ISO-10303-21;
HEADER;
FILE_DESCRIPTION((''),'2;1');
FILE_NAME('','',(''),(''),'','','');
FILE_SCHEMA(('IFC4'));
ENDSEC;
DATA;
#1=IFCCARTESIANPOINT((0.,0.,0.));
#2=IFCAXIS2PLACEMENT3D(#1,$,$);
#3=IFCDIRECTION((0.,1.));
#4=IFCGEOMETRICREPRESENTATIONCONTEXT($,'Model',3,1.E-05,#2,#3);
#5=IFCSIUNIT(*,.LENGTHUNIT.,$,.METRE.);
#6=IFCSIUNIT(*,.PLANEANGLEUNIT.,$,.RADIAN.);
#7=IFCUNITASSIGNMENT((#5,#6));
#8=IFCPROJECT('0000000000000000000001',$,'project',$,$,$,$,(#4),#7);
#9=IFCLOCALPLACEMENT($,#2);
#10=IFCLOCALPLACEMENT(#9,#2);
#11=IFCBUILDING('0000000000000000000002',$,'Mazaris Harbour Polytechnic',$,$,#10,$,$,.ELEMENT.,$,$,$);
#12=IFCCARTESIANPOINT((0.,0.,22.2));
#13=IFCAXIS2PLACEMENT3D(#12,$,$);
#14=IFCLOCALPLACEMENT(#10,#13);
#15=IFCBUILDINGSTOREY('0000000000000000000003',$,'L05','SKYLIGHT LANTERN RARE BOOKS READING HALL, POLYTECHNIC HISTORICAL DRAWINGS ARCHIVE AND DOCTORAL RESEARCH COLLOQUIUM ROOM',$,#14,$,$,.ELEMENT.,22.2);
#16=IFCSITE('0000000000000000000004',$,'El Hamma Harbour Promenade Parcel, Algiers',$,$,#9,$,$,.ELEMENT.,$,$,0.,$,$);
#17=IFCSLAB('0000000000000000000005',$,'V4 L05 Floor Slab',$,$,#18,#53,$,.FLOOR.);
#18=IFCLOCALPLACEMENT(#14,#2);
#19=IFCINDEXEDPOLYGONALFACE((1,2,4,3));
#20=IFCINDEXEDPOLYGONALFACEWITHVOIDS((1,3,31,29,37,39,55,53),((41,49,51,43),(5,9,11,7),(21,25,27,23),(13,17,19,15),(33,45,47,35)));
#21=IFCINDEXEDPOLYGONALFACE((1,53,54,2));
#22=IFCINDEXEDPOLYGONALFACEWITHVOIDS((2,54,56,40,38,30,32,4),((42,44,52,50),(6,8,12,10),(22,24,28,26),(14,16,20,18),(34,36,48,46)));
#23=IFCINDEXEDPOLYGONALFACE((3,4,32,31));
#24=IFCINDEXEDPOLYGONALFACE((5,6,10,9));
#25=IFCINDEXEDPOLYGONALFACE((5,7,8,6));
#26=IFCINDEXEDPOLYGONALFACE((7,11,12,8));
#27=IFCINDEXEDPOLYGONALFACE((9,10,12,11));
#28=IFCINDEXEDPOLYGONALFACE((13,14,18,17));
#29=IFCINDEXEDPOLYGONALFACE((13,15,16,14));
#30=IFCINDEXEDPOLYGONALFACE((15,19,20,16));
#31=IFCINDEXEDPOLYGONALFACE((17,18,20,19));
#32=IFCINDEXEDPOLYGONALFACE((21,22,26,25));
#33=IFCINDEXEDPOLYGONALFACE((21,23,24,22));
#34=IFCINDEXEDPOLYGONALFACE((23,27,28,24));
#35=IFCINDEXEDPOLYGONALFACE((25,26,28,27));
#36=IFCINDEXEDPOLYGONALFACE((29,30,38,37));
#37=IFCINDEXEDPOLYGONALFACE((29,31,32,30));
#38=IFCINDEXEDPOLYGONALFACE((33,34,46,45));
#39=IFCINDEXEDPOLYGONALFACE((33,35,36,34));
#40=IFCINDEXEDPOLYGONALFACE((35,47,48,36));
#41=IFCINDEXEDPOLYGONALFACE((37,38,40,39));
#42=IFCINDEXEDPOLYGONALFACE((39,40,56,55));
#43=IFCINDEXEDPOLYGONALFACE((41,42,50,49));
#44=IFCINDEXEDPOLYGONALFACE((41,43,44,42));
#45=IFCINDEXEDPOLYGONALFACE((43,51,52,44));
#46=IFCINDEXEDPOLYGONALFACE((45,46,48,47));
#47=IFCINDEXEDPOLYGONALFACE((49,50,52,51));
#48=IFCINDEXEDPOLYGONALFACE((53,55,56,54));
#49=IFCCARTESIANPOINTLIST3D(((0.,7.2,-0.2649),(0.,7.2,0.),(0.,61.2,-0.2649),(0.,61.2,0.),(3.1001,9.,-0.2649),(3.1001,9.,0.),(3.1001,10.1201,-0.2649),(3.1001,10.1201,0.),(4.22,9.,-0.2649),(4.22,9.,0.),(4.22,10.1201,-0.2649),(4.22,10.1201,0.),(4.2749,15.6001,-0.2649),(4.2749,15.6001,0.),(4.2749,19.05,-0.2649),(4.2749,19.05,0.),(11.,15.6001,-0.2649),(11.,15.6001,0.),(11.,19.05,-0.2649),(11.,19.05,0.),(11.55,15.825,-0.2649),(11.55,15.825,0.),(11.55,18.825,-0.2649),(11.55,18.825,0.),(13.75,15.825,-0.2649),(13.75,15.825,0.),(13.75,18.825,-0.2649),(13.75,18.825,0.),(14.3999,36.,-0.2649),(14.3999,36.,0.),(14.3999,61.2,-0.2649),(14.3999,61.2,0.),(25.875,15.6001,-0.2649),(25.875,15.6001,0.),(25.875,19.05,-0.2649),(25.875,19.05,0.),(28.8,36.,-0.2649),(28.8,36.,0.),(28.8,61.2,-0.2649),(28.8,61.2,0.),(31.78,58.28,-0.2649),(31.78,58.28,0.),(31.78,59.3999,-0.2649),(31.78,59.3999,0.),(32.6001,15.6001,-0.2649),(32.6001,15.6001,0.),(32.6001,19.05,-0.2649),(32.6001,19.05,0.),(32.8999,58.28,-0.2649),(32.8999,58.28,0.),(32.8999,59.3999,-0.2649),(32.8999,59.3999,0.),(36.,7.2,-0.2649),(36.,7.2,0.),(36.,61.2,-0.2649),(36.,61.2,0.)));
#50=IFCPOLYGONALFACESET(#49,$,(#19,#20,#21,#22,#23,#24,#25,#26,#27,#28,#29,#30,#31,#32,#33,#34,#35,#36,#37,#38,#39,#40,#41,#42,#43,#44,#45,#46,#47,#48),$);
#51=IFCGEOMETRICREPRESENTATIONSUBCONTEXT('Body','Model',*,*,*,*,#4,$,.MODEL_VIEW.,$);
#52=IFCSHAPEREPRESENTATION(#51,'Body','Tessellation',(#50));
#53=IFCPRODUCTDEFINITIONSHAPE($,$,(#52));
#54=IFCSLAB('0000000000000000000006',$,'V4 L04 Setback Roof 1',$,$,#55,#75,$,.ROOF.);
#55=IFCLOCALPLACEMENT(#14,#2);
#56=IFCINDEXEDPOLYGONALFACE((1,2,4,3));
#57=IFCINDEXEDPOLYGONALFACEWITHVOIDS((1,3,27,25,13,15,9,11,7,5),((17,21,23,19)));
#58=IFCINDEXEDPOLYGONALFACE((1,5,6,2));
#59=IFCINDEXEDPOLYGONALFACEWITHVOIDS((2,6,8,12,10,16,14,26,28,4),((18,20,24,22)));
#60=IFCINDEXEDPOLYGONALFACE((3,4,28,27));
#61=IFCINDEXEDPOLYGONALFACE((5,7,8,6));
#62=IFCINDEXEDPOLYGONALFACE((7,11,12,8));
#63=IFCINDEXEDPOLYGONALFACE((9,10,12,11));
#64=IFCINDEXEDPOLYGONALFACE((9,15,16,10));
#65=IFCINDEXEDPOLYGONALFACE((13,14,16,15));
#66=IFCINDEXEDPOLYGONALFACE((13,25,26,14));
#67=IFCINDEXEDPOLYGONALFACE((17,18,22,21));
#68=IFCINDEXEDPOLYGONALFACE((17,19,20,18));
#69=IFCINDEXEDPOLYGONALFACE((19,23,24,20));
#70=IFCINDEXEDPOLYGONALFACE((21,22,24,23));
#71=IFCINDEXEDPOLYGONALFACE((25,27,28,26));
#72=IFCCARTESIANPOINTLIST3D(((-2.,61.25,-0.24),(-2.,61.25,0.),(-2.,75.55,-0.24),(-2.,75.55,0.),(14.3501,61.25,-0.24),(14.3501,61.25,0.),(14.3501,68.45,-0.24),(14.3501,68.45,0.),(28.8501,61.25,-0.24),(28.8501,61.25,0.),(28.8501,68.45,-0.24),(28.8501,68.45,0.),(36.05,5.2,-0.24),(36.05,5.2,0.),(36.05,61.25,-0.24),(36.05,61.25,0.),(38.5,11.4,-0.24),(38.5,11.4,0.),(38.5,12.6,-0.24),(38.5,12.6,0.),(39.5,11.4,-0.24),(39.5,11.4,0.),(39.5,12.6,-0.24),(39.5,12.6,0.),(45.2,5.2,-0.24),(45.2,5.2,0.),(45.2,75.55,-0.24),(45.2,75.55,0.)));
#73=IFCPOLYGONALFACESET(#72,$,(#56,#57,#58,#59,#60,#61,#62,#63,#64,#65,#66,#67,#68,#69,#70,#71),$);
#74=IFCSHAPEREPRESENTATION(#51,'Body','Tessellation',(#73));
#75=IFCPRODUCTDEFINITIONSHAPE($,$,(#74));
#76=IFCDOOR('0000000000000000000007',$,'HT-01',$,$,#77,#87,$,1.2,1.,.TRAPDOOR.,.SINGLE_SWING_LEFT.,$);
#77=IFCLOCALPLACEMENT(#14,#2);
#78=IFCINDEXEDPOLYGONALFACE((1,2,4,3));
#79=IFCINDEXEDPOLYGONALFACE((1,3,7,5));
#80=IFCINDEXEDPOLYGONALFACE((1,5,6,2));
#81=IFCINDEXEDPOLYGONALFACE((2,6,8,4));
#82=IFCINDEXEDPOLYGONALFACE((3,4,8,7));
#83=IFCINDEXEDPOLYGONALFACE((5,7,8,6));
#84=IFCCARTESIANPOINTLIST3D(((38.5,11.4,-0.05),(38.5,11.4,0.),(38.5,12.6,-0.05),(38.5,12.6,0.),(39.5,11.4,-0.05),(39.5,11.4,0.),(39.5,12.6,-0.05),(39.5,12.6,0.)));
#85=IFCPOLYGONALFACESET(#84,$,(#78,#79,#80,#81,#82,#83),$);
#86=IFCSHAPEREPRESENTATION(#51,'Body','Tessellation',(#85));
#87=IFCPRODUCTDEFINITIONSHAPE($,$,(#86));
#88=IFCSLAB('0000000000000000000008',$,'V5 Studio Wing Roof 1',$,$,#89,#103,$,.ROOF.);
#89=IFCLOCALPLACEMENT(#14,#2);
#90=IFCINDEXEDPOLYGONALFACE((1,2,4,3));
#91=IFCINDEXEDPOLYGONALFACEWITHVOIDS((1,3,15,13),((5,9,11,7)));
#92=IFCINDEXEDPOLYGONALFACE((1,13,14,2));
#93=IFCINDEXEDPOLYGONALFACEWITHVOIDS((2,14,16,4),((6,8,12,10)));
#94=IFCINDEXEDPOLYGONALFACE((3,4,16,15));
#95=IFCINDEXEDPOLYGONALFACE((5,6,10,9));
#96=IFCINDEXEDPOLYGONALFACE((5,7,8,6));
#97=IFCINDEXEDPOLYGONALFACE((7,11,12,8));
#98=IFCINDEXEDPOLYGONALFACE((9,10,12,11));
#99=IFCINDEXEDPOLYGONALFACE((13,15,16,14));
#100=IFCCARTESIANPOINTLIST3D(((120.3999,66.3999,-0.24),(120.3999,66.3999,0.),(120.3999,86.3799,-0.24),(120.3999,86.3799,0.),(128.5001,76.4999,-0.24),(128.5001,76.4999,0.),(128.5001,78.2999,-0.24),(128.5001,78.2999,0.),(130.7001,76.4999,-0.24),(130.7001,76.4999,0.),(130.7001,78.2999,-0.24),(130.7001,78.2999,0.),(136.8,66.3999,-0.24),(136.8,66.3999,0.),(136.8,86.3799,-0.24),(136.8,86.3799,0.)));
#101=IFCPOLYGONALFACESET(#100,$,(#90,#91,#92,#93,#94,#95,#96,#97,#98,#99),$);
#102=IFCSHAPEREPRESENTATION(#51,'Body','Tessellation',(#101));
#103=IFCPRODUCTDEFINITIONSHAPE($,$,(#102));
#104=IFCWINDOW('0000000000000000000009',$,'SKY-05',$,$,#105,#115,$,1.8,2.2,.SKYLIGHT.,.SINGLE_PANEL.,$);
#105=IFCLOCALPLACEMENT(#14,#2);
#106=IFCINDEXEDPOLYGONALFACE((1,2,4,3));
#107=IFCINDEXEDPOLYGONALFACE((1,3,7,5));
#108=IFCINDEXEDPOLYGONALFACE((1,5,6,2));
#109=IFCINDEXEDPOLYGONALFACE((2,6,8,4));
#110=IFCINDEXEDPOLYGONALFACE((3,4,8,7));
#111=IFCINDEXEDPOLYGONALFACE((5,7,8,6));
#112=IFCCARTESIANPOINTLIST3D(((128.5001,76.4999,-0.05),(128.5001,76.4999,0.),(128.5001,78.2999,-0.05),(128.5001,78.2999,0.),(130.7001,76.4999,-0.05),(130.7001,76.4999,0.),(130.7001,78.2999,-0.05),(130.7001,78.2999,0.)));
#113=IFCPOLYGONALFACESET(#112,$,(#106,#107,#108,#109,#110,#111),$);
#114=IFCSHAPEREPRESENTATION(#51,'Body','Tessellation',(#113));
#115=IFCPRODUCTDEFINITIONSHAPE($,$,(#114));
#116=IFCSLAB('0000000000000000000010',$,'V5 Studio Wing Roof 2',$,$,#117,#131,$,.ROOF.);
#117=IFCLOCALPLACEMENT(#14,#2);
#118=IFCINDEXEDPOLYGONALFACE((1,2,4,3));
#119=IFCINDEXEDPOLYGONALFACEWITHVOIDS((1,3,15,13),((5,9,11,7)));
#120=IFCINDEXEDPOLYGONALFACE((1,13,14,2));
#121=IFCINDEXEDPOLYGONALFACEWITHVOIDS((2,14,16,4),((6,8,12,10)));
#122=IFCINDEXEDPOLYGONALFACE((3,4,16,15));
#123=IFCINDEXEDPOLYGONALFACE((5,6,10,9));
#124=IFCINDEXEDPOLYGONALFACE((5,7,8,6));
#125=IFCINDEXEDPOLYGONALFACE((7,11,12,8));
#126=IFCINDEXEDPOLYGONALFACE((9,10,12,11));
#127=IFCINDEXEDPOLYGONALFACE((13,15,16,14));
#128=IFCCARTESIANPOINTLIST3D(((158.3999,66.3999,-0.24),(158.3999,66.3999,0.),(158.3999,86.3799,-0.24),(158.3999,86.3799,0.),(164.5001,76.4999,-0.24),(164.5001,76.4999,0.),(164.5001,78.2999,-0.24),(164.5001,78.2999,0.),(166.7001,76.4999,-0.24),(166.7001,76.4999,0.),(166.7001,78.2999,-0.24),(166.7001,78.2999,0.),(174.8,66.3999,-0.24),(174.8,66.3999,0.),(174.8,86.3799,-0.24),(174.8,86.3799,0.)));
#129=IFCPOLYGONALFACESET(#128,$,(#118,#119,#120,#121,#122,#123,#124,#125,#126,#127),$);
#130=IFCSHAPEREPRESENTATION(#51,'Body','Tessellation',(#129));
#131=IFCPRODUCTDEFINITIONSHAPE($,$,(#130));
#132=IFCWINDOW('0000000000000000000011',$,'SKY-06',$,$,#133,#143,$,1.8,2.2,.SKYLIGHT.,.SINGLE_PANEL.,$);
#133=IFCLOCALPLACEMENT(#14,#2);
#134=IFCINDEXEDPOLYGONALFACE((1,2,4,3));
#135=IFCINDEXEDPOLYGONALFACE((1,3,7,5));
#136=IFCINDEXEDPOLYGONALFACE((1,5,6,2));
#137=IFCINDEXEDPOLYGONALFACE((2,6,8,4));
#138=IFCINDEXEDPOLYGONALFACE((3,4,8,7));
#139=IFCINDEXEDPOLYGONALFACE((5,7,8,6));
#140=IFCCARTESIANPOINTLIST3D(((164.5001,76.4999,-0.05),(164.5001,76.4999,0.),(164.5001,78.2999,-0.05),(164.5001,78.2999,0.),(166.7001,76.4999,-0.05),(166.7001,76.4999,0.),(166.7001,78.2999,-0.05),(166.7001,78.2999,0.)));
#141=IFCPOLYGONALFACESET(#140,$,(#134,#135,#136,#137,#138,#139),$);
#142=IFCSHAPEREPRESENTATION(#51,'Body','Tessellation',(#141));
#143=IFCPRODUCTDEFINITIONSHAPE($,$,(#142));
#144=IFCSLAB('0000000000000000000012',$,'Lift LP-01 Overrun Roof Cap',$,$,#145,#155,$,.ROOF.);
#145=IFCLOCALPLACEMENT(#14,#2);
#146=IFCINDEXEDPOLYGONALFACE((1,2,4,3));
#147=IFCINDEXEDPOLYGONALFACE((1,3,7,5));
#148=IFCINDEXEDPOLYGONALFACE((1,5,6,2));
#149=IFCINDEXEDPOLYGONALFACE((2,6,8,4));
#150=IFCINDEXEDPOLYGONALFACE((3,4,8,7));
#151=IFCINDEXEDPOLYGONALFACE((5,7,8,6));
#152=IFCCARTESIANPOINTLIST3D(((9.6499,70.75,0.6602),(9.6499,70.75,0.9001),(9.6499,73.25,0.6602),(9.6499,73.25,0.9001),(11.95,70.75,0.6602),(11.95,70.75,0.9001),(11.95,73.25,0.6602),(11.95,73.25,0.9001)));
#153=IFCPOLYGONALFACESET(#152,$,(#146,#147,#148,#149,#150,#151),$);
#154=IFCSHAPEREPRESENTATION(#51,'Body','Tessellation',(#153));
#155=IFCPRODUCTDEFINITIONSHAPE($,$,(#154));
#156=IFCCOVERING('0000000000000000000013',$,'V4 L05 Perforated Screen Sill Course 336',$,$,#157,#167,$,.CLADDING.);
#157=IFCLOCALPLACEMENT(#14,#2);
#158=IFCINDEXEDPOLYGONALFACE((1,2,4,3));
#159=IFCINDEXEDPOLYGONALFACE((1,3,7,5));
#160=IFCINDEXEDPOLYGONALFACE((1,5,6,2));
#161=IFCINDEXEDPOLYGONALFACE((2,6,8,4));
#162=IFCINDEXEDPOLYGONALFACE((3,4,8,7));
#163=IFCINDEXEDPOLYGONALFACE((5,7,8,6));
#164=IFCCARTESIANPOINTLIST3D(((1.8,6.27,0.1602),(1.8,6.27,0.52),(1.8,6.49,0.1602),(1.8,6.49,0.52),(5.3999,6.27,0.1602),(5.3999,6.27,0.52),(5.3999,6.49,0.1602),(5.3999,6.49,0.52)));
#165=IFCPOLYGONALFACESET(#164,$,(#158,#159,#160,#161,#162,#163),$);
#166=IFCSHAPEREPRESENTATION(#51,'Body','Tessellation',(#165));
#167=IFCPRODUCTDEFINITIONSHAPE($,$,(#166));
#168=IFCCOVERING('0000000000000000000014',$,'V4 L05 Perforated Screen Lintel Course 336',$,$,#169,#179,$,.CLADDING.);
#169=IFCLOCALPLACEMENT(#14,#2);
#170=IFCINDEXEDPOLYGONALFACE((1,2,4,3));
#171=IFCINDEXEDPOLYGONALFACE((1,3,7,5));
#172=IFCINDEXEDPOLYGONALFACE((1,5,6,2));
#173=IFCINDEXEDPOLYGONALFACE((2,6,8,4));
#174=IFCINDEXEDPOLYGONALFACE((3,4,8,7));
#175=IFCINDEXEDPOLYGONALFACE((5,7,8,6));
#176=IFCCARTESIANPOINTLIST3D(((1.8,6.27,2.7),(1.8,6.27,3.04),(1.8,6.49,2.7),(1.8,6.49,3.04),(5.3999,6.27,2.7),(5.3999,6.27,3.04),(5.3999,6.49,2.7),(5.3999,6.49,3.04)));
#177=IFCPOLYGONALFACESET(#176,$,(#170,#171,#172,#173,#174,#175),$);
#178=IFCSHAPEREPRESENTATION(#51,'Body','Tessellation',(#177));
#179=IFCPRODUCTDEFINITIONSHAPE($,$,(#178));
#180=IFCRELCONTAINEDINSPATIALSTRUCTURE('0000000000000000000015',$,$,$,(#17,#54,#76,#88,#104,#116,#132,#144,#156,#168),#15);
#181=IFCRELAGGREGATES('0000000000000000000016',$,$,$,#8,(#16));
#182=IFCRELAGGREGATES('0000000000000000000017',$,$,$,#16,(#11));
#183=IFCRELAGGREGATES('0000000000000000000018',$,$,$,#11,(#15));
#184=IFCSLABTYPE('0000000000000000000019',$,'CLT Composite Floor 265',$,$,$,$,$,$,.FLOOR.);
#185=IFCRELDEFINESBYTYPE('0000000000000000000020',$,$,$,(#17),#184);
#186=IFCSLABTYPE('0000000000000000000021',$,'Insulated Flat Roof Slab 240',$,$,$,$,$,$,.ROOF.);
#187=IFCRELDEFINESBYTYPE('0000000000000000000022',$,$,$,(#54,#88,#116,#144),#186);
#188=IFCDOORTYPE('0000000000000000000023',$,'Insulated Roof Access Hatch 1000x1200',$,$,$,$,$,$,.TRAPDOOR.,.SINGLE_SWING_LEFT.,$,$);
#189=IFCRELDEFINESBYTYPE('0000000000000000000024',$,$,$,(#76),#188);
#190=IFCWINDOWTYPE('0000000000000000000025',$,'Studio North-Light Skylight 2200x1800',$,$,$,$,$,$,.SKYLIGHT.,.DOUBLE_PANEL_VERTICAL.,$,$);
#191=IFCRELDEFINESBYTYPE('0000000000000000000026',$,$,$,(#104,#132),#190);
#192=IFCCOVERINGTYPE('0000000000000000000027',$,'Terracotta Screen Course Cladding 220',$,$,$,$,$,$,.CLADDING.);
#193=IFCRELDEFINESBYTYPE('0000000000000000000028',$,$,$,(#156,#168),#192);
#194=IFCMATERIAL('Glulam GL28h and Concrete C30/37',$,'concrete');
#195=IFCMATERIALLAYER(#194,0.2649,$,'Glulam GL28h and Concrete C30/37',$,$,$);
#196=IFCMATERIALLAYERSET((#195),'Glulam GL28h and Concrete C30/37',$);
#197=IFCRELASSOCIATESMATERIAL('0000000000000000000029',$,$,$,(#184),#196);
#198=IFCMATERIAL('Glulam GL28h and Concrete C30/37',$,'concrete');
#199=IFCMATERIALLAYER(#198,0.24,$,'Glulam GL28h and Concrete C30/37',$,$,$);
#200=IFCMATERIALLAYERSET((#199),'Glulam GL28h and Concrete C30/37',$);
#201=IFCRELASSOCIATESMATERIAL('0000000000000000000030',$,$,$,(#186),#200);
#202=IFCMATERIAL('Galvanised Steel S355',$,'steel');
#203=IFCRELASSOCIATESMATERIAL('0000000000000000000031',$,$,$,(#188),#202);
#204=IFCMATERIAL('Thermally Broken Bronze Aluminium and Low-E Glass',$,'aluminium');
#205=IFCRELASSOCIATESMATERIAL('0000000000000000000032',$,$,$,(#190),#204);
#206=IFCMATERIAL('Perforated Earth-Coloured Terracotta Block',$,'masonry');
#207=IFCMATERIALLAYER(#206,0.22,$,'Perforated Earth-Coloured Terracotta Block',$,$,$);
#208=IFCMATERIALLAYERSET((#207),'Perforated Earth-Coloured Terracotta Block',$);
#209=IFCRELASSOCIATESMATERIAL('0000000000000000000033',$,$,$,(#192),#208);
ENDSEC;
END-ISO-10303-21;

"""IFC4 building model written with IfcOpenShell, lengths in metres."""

from ifc_helpers import new_model, si_unit, direction, frame, origin, origin_2d, place, context, subcontext, project, spatial, polyline, rectangle, outline, extrude, material, layer, layer_set, type_object, element, fill, save


model = new_model("IFC4")

# Units and contexts
model_context = context("Model", 3, precision=1e-05, world=origin(), true_north=direction((0.0, 1.0)))
body_context = subcontext(model_context, "Body", "Model", "MODEL_VIEW")
ifc_project = project(units=[si_unit("LENGTHUNIT", "METRE"), si_unit("PLANEANGLEUNIT", "RADIAN")], contexts=[model_context])

# Site, building, storey
site_placement = place(None, origin())
site = spatial("IfcSite", under=ifc_project, at=site_placement, Name="El Hamma Harbour Promenade Parcel, Algiers", CompositionType="ELEMENT", RefElevation=0.0)
building_placement = place(site_placement, origin())
building = spatial("IfcBuilding", under=site, at=building_placement, Name="Mazaris Harbour Polytechnic", CompositionType="ELEMENT")
storey_placement = place(building_placement, frame((0.0, 0.0, 22.2)))
storey = spatial("IfcBuildingStorey", under=building, at=storey_placement, Name="L05", Description="SKYLIGHT LANTERN RARE BOOKS READING HALL, POLYTECHNIC HISTORICAL DRAWINGS ARCHIVE AND DOCTORAL RESEARCH COLLOQUIUM ROOM", CompositionType="ELEMENT", Elevation=22.2)

# Slab
ifc_material_1 = material(Name="Glulam GL28h and Concrete C30/37", Category="concrete")
ifc_layer_1 = layer(ifc_material_1, 0.2649, Name="Glulam GL28h and Concrete C30/37")
ifc_layer_set_1 = layer_set([ifc_layer_1], Name="Glulam GL28h and Concrete C30/37")
slab_type_1 = type_object("IfcSlabType", Name="CLT Composite Floor 265", PredefinedType="FLOOR", material=ifc_layer_set_1)
slab_1_placement = place(storey_placement, frame((0.0, 0.0, -0.2649)))
element("IfcSlab", 1, at=slab_1_placement, inside=storey, type_object=slab_type_1, Name="V4 L05 Floor Slab", PredefinedType="FLOOR", context=body_context, shape_type="SweptSolid", body=[
    extrude(outline(polyline([(14.3999, 36.0), (28.8, 36.0), (28.8, 61.2), (36.0, 61.2), (36.0, 7.2), (0.0, 7.2), (0.0, 61.2), (14.3999, 61.2), (14.3999, 36.0)]), holes=[polyline([(11.0, 19.05), (4.2749, 19.05), (4.2749, 15.6001), (11.0, 15.6001), (11.0, 19.05)]), polyline([(32.6001, 15.6001), (32.6001, 19.05), (25.875, 19.05), (25.875, 15.6001), (32.6001, 15.6001)]), polyline([(11.55, 15.825), (13.75, 15.825), (13.75, 18.825), (11.55, 18.825), (11.55, 15.825)]), polyline([(3.1001, 10.1201), (3.1001, 9.0), (4.22, 9.0), (4.22, 10.1201), (3.1001, 10.1201)]), polyline([(32.8999, 59.3999), (31.78, 59.3999), (31.78, 58.28), (32.8999, 58.28), (32.8999, 59.3999)])]), origin(), (0.0, 0.0, 1.0), 0.2649),
])

# Slab, opening, door
ifc_material_2 = material(Name="Glulam GL28h and Concrete C30/37", Category="concrete")
ifc_layer_2 = layer(ifc_material_2, 0.24, Name="Glulam GL28h and Concrete C30/37")
ifc_layer_set_2 = layer_set([ifc_layer_2], Name="Glulam GL28h and Concrete C30/37")
slab_type_2 = type_object("IfcSlabType", Name="Insulated Flat Roof Slab 240", PredefinedType="ROOF", material=ifc_layer_set_2)
slab_2_placement = place(storey_placement, frame((0.0, 0.0, -0.24)))
slab_2 = element("IfcSlab", 2, at=slab_2_placement, inside=storey, type_object=slab_type_2, Name="V4 L04 Setback Roof 1", PredefinedType="ROOF", context=body_context, shape_type="SweptSolid", body=[
    extrude(outline(polyline([(-2.0, 75.55), (45.2, 75.55), (45.2, 5.2), (36.05, 5.2), (36.05, 61.25), (28.8501, 61.25), (28.8501, 68.45), (14.3501, 68.45), (14.3501, 61.25), (-2.0, 61.25), (-2.0, 75.55)])), origin(), (0.0, 0.0, 1.0), 0.24),
])
opening_1_placement = place(slab_2_placement, frame((39.0, 12.0, 0.0)))
opening_1 = element("IfcOpeningElement", 3, at=opening_1_placement, cuts=slab_2, PredefinedType="OPENING", context=body_context, shape_type="SweptSolid", body=[
    extrude(rectangle(XDim=1.0, YDim=1.2, at=origin_2d()), origin(), (0.0, 0.0, 1.0), 0.24),
])
ifc_material_3 = material(Name="Galvanised Steel S355", Category="steel")
door_type = type_object("IfcDoorType", Name="Insulated Roof Access Hatch 1000x1200", OperationType="SINGLE_SWING_LEFT", PredefinedType="TRAPDOOR", material=ifc_material_3)
door_placement = place(opening_1_placement, frame((0.0, 0.0, 0.1899)))
door = element("IfcDoor", 4, at=door_placement, inside=storey, type_object=door_type, Name="HT-01", OperationType="SINGLE_SWING_LEFT", OverallHeight=1.2, OverallWidth=1.0, PredefinedType="TRAPDOOR", context=body_context, shape_type="SweptSolid", body=[
    extrude(rectangle(XDim=1.0, YDim=1.2, at=origin_2d()), origin(), (0.0, 0.0, 1.0), 0.05),
])
fill(opening_1, door)

# Slabs, openings, windows
slab_3_placement = place(storey_placement, frame((0.0, 0.0, -0.24)))
slab_3 = element("IfcSlab", 5, at=slab_3_placement, inside=storey, type_object=slab_type_2, Name="V5 Studio Wing Roof 1", PredefinedType="ROOF", context=body_context, shape_type="SweptSolid", body=[
    extrude(outline(polyline([(120.3999, 66.3999), (120.3999, 86.3799), (136.8, 86.3799), (136.8, 66.3999), (120.3999, 66.3999)])), origin(), (0.0, 0.0, 1.0), 0.24),
])
opening_2_placement = place(slab_3_placement, frame((129.6001, 77.3999, 0.0)))
opening_2 = element("IfcOpeningElement", 6, at=opening_2_placement, cuts=slab_3, PredefinedType="OPENING", context=body_context, shape_type="SweptSolid", body=[
    extrude(rectangle(XDim=2.2, YDim=1.8, at=origin_2d()), origin(), (0.0, 0.0, 1.0), 0.24),
])
ifc_material_4 = material(Name="Thermally Broken Bronze Aluminium and Low-E Glass", Category="aluminium")
window_type = type_object("IfcWindowType", Name="Studio North-Light Skylight 2200x1800", PartitioningType="DOUBLE_PANEL_VERTICAL", PredefinedType="SKYLIGHT", material=ifc_material_4)
window_1_placement = place(opening_2_placement, frame((0.0, 0.0, 0.1899)))
window_1 = element("IfcWindow", 7, at=window_1_placement, inside=storey, type_object=window_type, Name="SKY-05", OverallHeight=1.8, OverallWidth=2.2, PartitioningType="SINGLE_PANEL", PredefinedType="SKYLIGHT", context=body_context, shape_type="SweptSolid", body=[
    extrude(rectangle(XDim=2.2, YDim=1.8, at=origin_2d()), origin(), (0.0, 0.0, 1.0), 0.05),
])
fill(opening_2, window_1)
slab_4_placement = place(storey_placement, frame((0.0, 0.0, -0.24)))
slab_4 = element("IfcSlab", 8, at=slab_4_placement, inside=storey, type_object=slab_type_2, Name="V5 Studio Wing Roof 2", PredefinedType="ROOF", context=body_context, shape_type="SweptSolid", body=[
    extrude(outline(polyline([(174.8, 86.3799), (174.8, 66.3999), (158.3999, 66.3999), (158.3999, 86.3799), (174.8, 86.3799)])), origin(), (0.0, 0.0, 1.0), 0.24),
])
opening_3_placement = place(slab_4_placement, frame((165.6001, 77.3999, 0.0)))
opening_3 = element("IfcOpeningElement", 9, at=opening_3_placement, cuts=slab_4, PredefinedType="OPENING", context=body_context, shape_type="SweptSolid", body=[
    extrude(rectangle(XDim=2.2, YDim=1.8, at=origin_2d()), origin(), (0.0, 0.0, 1.0), 0.24),
])
window_2_placement = place(opening_3_placement, frame((0.0, 0.0, 0.1899)))
window_2 = element("IfcWindow", 10, at=window_2_placement, inside=storey, type_object=window_type, Name="SKY-06", OverallHeight=1.8, OverallWidth=2.2, PartitioningType="SINGLE_PANEL", PredefinedType="SKYLIGHT", context=body_context, shape_type="SweptSolid", body=[
    extrude(rectangle(XDim=2.2, YDim=1.8, at=origin_2d()), origin(), (0.0, 0.0, 1.0), 0.05),
])
fill(opening_3, window_2)

# Slab
slab_5_placement = place(storey_placement, frame((0.0, 0.0, 0.6602)))
element("IfcSlab", 11, at=slab_5_placement, inside=storey, type_object=slab_type_2, Name="Lift LP-01 Overrun Roof Cap", PredefinedType="ROOF", context=body_context, shape_type="SweptSolid", body=[
    extrude(outline(polyline([(11.95, 70.75), (11.95, 73.25), (9.6499, 73.25), (9.6499, 70.75), (11.95, 70.75)])), origin(), (0.0, 0.0, 1.0), 0.24),
])

# Coverings
ifc_material_5 = material(Name="Perforated Earth-Coloured Terracotta Block", Category="masonry")
ifc_layer_3 = layer(ifc_material_5, 0.22, Name="Perforated Earth-Coloured Terracotta Block")
ifc_layer_set_3 = layer_set([ifc_layer_3], Name="Perforated Earth-Coloured Terracotta Block")
covering_type = type_object("IfcCoveringType", Name="Terracotta Screen Course Cladding 220", PredefinedType="CLADDING", material=ifc_layer_set_3)
covering_1_placement = place(storey_placement, frame((0.0, 0.0, 0.1602)))
element("IfcCovering", 12, at=covering_1_placement, inside=storey, type_object=covering_type, Name="V4 L05 Perforated Screen Sill Course 336", PredefinedType="CLADDING", context=body_context, shape_type="SweptSolid", body=[
    extrude(outline(polyline([(5.3999, 6.49), (1.8, 6.49), (1.8, 6.27), (5.3999, 6.27), (5.3999, 6.49)])), origin(), (0.0, 0.0, 1.0), 0.3599),
])
covering_2_placement = place(storey_placement, frame((0.0, 0.0, 2.7)))
element("IfcCovering", 13, at=covering_2_placement, inside=storey, type_object=covering_type, Name="V4 L05 Perforated Screen Lintel Course 336", PredefinedType="CLADDING", context=body_context, shape_type="SweptSolid", body=[
    extrude(outline(polyline([(5.3999, 6.49), (1.8, 6.49), (1.8, 6.27), (5.3999, 6.27), (5.3999, 6.49)])), origin(), (0.0, 0.0, 1.0), 0.3401),
])

save(model, "model.ifc")
